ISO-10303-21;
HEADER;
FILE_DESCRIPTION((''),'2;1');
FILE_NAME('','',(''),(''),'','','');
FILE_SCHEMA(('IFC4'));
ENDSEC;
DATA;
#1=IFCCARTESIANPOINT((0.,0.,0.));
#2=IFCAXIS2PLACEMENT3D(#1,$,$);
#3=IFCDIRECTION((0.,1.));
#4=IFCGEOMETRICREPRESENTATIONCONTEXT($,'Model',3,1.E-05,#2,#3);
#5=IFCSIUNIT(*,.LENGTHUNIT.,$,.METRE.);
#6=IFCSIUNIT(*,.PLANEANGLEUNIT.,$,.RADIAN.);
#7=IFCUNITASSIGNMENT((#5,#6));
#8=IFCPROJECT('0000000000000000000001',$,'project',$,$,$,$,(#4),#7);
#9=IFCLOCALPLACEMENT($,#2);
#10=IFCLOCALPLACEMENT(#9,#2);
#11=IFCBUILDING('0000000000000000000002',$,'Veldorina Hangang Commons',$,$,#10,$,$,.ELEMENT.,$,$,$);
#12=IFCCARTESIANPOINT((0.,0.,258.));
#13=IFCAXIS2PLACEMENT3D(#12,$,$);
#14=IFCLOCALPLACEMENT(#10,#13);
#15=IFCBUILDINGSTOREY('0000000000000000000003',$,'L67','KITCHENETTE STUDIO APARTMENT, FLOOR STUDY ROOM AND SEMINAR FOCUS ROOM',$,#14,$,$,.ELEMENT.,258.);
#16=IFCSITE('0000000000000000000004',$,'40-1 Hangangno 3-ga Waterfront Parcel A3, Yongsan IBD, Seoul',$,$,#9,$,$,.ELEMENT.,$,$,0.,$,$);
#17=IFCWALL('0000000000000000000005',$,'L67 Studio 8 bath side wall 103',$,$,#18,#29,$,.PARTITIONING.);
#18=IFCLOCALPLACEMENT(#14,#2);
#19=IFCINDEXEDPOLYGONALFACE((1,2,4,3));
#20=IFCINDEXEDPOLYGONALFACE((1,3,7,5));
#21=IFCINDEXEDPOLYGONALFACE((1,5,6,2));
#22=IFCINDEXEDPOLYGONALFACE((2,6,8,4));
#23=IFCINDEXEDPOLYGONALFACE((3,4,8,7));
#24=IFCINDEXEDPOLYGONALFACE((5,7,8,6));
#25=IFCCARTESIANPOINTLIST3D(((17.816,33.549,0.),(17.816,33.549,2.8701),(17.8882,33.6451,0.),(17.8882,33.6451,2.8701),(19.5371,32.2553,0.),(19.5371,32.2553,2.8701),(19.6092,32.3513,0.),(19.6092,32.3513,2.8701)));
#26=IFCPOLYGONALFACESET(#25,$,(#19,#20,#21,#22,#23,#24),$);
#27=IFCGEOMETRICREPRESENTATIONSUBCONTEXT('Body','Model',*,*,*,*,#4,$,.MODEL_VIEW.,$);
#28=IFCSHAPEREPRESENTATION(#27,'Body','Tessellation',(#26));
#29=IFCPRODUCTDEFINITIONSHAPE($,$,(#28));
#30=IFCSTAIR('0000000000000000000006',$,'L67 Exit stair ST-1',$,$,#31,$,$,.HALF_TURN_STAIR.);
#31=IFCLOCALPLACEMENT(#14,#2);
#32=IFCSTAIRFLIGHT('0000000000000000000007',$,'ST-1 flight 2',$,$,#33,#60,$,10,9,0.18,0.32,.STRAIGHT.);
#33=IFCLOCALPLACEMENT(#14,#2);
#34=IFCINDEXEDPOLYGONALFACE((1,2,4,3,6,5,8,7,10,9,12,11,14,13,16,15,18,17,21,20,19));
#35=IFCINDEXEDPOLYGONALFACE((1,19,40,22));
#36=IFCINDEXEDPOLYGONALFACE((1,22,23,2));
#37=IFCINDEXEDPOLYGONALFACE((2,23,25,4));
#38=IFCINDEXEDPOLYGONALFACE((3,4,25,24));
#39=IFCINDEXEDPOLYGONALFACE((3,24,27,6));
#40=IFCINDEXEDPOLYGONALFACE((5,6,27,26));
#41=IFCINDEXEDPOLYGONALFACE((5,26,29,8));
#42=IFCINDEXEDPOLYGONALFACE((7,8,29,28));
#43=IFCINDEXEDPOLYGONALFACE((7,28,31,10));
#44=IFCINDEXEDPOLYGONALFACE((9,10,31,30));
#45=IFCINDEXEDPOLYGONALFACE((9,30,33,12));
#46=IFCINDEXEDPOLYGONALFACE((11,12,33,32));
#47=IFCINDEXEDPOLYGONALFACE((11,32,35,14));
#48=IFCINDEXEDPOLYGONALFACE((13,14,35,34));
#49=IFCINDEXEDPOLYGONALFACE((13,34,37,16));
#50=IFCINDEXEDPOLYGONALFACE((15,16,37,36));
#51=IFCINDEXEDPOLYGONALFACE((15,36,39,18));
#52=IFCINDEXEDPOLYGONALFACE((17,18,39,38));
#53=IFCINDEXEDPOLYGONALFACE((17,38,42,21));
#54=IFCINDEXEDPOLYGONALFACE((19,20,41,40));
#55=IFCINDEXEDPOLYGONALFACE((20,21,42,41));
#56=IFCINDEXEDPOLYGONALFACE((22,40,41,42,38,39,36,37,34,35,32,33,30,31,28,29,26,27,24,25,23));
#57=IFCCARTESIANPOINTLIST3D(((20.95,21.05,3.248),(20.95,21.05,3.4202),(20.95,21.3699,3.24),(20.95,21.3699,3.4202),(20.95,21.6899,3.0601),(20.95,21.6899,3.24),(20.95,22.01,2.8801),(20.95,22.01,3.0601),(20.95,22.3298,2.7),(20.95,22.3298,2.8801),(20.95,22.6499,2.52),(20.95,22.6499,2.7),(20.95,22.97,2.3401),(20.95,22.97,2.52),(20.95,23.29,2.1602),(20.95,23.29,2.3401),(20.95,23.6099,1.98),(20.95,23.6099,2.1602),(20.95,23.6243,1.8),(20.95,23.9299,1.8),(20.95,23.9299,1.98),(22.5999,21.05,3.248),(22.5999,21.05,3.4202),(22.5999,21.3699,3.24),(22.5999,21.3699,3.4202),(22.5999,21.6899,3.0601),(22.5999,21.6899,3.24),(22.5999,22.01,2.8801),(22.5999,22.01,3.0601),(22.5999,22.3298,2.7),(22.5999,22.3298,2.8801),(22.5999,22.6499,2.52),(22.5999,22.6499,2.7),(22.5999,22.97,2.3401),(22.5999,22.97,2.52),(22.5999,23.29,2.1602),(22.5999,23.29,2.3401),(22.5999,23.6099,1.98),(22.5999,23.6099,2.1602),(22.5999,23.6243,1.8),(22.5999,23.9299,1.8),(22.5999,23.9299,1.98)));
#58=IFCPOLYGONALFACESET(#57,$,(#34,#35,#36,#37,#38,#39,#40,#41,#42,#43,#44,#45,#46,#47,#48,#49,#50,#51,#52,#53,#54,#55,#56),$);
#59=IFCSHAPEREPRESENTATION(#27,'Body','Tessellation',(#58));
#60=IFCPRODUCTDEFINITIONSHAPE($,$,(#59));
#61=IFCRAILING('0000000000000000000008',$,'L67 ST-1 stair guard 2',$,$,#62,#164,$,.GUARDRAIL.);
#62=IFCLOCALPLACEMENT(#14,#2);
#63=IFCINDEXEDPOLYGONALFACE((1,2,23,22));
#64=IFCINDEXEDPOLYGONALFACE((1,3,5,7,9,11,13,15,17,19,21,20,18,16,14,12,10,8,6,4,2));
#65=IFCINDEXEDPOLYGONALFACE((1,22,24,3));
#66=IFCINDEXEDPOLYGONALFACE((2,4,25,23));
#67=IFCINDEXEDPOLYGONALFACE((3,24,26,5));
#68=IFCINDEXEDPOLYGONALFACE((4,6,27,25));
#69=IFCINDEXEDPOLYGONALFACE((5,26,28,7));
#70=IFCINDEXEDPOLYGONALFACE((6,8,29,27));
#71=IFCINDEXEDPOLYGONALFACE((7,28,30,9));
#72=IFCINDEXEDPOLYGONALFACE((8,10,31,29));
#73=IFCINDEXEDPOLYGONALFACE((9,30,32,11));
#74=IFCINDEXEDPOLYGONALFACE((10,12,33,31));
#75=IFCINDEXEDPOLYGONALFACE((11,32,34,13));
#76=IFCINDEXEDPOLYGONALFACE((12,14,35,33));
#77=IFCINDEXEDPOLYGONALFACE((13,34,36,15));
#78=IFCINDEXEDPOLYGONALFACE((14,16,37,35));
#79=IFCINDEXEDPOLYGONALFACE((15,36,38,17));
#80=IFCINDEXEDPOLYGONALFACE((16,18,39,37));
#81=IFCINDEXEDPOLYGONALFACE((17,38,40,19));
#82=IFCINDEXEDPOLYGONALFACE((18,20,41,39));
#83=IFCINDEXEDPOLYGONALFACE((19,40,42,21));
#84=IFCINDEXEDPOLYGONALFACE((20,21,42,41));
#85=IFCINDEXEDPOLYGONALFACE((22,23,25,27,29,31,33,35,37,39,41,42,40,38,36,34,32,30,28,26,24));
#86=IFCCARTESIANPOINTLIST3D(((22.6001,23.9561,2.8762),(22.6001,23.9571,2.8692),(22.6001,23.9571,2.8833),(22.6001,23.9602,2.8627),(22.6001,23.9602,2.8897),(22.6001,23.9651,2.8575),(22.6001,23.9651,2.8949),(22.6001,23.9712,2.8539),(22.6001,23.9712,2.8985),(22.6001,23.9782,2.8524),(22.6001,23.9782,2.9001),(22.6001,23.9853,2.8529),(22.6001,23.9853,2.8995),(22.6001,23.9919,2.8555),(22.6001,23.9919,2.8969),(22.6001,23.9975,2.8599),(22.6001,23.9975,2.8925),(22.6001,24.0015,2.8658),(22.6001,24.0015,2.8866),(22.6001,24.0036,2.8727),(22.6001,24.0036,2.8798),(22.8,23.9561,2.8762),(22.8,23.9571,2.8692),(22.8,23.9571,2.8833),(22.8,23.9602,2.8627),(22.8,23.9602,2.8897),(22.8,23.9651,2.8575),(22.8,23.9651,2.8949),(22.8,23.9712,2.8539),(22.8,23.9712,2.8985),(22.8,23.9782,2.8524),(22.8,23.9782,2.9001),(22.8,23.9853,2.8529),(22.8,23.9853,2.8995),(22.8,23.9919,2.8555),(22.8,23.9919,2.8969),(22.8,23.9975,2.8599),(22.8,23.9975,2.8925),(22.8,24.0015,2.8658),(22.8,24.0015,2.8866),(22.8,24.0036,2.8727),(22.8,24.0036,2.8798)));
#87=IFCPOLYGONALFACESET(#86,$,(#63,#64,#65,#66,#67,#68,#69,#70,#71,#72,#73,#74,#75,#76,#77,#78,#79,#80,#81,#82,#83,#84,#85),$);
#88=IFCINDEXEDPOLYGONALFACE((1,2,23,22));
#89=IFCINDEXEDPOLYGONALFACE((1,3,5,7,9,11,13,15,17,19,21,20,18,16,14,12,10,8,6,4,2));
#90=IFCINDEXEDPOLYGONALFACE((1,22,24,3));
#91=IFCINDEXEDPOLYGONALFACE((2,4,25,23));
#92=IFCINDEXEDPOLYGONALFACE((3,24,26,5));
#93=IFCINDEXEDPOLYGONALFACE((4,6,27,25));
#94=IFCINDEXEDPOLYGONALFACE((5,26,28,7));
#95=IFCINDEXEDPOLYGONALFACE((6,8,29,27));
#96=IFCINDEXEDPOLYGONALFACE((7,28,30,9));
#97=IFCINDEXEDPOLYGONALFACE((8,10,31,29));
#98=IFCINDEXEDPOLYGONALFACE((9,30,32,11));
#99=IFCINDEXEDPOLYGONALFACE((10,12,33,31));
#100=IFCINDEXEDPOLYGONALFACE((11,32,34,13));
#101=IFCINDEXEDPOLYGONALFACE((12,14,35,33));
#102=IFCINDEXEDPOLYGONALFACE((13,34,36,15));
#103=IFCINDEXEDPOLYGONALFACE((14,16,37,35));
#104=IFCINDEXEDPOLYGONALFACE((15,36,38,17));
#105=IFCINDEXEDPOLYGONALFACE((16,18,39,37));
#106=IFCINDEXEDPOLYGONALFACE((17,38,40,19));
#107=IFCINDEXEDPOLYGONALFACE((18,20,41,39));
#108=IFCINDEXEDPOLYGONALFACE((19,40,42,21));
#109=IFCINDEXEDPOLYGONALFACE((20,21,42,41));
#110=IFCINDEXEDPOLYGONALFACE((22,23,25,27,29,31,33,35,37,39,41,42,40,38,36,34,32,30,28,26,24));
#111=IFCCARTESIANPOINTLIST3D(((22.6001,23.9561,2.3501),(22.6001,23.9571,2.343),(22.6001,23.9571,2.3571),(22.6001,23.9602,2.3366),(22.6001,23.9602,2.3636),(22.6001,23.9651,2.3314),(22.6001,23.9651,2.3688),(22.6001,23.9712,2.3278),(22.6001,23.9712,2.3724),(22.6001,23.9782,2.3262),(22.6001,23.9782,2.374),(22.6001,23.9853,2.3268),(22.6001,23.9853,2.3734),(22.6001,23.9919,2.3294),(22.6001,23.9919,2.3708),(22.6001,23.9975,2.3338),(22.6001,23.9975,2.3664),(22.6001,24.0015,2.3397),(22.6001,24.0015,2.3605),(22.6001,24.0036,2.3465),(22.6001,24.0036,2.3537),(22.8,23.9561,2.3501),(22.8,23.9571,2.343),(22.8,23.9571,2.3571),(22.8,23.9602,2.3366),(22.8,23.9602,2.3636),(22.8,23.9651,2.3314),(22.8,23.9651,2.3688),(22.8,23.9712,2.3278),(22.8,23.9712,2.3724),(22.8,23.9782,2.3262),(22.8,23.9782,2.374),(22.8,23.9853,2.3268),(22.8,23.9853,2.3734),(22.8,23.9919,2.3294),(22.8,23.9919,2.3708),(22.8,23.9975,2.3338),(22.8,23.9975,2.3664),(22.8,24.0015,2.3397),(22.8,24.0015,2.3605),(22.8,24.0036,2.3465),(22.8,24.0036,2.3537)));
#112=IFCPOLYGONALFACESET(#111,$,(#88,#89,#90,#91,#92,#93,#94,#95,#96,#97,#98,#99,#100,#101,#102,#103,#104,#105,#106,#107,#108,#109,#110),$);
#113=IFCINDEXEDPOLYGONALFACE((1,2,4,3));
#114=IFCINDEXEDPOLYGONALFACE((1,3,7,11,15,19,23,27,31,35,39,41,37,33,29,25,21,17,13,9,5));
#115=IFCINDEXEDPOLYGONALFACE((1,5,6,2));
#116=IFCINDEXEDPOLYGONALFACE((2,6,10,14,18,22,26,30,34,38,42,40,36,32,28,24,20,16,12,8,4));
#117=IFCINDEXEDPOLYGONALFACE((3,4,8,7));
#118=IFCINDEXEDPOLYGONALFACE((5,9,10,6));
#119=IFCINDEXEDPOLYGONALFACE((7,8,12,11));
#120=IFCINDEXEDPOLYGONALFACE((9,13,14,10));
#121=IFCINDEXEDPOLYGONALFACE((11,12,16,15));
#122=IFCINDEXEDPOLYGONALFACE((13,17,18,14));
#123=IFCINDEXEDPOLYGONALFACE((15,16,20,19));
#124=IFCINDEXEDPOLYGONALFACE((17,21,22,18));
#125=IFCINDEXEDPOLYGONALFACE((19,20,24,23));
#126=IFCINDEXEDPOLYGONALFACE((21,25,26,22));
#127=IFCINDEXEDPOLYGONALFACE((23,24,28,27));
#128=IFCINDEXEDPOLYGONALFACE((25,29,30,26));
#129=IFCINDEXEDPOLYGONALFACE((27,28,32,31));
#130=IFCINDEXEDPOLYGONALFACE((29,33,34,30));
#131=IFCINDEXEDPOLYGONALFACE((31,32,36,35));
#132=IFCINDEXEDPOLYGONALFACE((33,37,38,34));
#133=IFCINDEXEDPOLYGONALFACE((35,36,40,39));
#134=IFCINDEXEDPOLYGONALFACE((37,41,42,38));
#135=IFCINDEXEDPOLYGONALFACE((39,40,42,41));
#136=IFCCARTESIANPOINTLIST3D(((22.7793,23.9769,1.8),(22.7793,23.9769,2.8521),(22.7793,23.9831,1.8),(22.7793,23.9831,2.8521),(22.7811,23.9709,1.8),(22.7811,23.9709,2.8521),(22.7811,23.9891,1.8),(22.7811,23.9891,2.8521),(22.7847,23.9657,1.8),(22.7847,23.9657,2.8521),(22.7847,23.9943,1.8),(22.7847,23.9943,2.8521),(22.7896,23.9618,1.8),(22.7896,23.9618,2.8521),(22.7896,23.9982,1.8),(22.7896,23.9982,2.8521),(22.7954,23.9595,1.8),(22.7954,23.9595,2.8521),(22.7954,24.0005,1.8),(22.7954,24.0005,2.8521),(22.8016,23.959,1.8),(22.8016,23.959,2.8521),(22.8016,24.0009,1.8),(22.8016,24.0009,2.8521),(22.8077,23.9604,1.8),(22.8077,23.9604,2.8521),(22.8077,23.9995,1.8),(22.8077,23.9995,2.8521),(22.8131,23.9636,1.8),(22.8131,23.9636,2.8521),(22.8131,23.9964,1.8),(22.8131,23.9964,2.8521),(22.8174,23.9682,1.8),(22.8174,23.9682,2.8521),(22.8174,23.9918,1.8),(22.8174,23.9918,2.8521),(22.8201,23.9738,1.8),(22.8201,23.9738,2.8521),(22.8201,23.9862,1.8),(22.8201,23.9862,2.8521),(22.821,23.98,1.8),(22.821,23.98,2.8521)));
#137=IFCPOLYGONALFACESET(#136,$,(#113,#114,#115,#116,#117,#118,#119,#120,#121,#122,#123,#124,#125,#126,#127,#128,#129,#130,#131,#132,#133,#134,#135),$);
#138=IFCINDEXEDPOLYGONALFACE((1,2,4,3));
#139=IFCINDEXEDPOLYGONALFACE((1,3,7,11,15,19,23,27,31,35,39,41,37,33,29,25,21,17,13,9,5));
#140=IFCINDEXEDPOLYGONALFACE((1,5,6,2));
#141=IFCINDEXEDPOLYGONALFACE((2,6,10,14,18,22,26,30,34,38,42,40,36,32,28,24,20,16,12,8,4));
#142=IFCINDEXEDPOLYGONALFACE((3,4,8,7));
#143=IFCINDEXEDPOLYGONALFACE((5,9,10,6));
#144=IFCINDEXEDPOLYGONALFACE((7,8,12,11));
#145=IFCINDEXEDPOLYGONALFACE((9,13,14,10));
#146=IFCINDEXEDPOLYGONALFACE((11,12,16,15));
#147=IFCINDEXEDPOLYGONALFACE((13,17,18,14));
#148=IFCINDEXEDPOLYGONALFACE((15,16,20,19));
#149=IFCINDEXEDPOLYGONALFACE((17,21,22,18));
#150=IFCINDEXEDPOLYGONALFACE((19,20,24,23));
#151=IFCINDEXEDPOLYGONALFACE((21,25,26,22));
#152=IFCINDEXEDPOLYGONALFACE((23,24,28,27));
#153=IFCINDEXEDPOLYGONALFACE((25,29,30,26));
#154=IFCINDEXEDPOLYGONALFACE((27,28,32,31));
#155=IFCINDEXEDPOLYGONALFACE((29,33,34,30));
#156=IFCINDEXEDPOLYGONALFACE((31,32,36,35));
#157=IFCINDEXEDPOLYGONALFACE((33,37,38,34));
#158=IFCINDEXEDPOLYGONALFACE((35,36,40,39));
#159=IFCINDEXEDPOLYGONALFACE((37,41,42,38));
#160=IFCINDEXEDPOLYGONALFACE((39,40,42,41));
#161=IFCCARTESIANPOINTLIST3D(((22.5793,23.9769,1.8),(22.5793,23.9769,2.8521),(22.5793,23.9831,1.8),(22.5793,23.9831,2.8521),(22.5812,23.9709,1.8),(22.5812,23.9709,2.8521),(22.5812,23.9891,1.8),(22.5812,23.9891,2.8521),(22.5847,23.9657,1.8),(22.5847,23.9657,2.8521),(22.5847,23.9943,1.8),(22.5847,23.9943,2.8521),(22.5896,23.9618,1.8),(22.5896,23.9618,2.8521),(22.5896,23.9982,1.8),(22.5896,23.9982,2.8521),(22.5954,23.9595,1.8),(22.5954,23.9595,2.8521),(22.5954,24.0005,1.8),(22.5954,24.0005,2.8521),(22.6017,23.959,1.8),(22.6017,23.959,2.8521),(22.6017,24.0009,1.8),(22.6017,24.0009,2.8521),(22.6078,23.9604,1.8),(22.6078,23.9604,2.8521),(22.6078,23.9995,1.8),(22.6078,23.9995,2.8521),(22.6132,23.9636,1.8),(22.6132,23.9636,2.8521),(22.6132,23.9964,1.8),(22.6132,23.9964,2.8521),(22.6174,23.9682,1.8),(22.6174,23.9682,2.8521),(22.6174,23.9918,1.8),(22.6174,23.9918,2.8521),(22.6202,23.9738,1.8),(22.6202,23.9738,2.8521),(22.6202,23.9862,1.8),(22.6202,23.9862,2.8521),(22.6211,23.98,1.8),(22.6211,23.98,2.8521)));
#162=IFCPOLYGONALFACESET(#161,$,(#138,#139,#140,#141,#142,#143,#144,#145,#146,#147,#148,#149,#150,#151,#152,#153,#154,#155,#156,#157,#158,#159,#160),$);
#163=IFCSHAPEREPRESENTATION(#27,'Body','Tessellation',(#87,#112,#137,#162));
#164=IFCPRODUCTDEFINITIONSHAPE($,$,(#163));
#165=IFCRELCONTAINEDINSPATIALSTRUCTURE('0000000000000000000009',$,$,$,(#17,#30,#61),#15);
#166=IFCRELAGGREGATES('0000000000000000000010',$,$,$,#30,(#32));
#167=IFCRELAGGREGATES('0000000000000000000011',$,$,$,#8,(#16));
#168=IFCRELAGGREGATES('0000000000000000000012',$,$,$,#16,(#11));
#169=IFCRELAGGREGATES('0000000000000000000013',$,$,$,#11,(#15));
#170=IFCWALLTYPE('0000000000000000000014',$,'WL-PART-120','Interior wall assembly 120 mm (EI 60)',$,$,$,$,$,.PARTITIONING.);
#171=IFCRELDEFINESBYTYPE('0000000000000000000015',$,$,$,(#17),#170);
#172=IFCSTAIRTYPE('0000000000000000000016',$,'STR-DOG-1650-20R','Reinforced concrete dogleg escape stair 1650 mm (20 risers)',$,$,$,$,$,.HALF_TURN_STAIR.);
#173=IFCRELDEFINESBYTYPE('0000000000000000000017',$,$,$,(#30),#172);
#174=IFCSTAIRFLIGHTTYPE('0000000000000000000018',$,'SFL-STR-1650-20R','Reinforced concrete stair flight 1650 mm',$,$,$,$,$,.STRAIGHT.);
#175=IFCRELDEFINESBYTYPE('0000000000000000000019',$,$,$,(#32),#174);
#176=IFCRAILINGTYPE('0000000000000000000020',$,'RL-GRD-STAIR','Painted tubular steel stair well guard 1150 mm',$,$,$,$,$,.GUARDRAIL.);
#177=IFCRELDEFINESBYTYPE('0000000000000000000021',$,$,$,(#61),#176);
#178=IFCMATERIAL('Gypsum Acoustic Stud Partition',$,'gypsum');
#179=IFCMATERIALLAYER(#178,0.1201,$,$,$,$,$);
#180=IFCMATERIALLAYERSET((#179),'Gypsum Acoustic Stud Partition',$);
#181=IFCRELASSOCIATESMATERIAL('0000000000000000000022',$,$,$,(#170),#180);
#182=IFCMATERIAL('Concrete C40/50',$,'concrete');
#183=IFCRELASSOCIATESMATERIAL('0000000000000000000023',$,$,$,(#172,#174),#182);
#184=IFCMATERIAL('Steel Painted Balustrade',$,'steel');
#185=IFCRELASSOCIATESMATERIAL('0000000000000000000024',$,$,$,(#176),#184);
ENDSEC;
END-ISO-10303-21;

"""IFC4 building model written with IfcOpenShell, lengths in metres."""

from ifc_helpers import new_model, si_unit, direction, frame, frame_2d, origin, origin_2d, place, context, subcontext, project, spatial, polyline, rectangle, circle, outline, extrude, material, layer, layer_set, type_object, element, aggregate, save


model = new_model("IFC4")

# Units and contexts
model_context = context("Model", 3, precision=1e-05, world=origin(), true_north=direction((0.0, 1.0)))
body_context = subcontext(model_context, "Body", "Model", "MODEL_VIEW")
ifc_project = project(units=[si_unit("LENGTHUNIT", "METRE"), si_unit("PLANEANGLEUNIT", "RADIAN")], contexts=[model_context])

# Site, building, storey
site_placement = place(None, origin())
site = spatial("IfcSite", under=ifc_project, at=site_placement, Name="40-1 Hangangno 3-ga Waterfront Parcel A3, Yongsan IBD, Seoul", CompositionType="ELEMENT", RefElevation=0.0)
building_placement = place(site_placement, origin())
building = spatial("IfcBuilding", under=site, at=building_placement, Name="Veldorina Hangang Commons", CompositionType="ELEMENT")
storey_placement = place(building_placement, frame((0.0, 0.0, 258.0)))
storey = spatial("IfcBuildingStorey", under=building, at=storey_placement, Name="L67", Description="KITCHENETTE STUDIO APARTMENT, FLOOR STUDY ROOM AND SEMINAR FOCUS ROOM", CompositionType="ELEMENT", Elevation=258.0)

# Shared definitions
ifc_material_1 = material(Name="Gypsum Acoustic Stud Partition", Category="gypsum")
ifc_layer_1 = layer(ifc_material_1, 0.1201)
ifc_layer_set_1 = layer_set([ifc_layer_1], Name="Gypsum Acoustic Stud Partition")
wall_type_1 = type_object("IfcWallType", Name="WL-PART-120", Description="Interior wall assembly 120 mm (EI 60)", PredefinedType="PARTITIONING", material=ifc_layer_set_1)

# Wall
wall_1_placement = place(storey_placement, frame((19.5732, 32.3032, 0.0), z_axis=(0.0, 0.0, 1.0), x_axis=(-0.799333, 0.600889, 0.0)))
element("IfcWall", 1, at=wall_1_placement, inside=storey, type_object=wall_type_1, Name="L67 Studio 8 bath side wall 103", PredefinedType="PARTITIONING", context=body_context, shape_type="SweptSolid", body=[
    extrude(rectangle(XDim=2.1531, YDim=0.1201, at=frame_2d((1.0767, 0.0))), origin(), (0.0, 0.0, 1.0), 2.8701),
])

# Stair, stair flight
ifc_material_2 = material(Name="Concrete C40/50", Category="concrete")
stair_type = type_object("IfcStairType", Name="STR-DOG-1650-20R", Description="Reinforced concrete dogleg escape stair 1650 mm (20 risers)", PredefinedType="HALF_TURN_STAIR", material=ifc_material_2)
stair_placement = place(storey_placement, origin())
stair = element("IfcStair", 2, at=stair_placement, inside=storey, type_object=stair_type, Name="L67 Exit stair ST-1", PredefinedType="HALF_TURN_STAIR")
stair_flight_type = type_object("IfcStairFlightType", Name="SFL-STR-1650-20R", Description="Reinforced concrete stair flight 1650 mm", PredefinedType="STRAIGHT", material=ifc_material_2)
stair_flight_placement = place(storey_placement, frame((21.7749, 23.9299, 1.8), z_axis=(0.0, 0.0, 1.0), x_axis=(0.0, -1.0, 0.0)))
stair_flight = element("IfcStairFlight", 3, at=stair_flight_placement, type_object=stair_flight_type, Name="ST-1 flight 2", NumberOfRisers=10, NumberOfTreads=9, PredefinedType="STRAIGHT", RiserHeight=0.18, TreadLength=0.32, context=body_context, shape_type="SweptSolid", body=[
    extrude(outline(polyline([(0.0, 0.0), (0.0, 0.1799), (0.3201, 0.1799), (0.3201, 0.3601), (0.6399, 0.3601), (0.6399, 0.54), (0.96, 0.54), (0.96, 0.72), (1.28, 0.72), (1.28, 0.8999), (1.6001, 0.8999), (1.6001, 1.0801), (1.9199, 1.0801), (1.9199, 1.26), (2.24, 1.26), (2.24, 1.4399), (2.5601, 1.4399), (2.5601, 1.6201), (2.8799, 1.6201), (2.8799, 1.8), (2.8799, 1.448), (0.3057, 0.0), (0.0, 0.0)])), frame((0.0, 0.825, 0.0), z_axis=(0.0, -1.0, 0.0), x_axis=(1.0, 0.0, 0.0)), (0.0, 0.0, 1.0), 1.6499),
])
aggregate(stair, [stair_flight])

# Railing
ifc_material_3 = material(Name="Steel Painted Balustrade", Category="steel")
railing_type = type_object("IfcRailingType", Name="RL-GRD-STAIR", Description="Painted tubular steel stair well guard 1150 mm", PredefinedType="GUARDRAIL", material=ifc_material_3)
railing_1_placement = place(storey_placement, frame((22.8, 23.98, 1.8)))
element("IfcRailing", 4, at=railing_1_placement, inside=storey, type_object=railing_type, Name="L67 ST-1 stair guard 2", PredefinedType="GUARDRAIL", context=body_context, shape_type="SweptSolid", body=[
    extrude(circle(Radius=0.0239, at=origin_2d()), frame((0.0, 0.0, 1.0762), z_axis=(-1.0, 0.0, 0.0), x_axis=(0.0, -1.0, 0.0)), (0.0, 0.0, 1.0), 0.2),
    extrude(circle(Radius=0.0239, at=origin_2d()), frame((0.0, 0.0, 0.55), z_axis=(-1.0, 0.0, 0.0), x_axis=(0.0, -1.0, 0.0)), (0.0, 0.0, 1.0), 0.2),
    extrude(circle(Radius=0.021, at=origin_2d()), origin(), (0.0, 0.0, 1.0), 1.052),
    extrude(circle(Radius=0.021, at=origin_2d()), frame((-0.2, 0.0, 0.0)), (0.0, 0.0, 1.0), 1.052),
])

save(model, "model.ifc")
